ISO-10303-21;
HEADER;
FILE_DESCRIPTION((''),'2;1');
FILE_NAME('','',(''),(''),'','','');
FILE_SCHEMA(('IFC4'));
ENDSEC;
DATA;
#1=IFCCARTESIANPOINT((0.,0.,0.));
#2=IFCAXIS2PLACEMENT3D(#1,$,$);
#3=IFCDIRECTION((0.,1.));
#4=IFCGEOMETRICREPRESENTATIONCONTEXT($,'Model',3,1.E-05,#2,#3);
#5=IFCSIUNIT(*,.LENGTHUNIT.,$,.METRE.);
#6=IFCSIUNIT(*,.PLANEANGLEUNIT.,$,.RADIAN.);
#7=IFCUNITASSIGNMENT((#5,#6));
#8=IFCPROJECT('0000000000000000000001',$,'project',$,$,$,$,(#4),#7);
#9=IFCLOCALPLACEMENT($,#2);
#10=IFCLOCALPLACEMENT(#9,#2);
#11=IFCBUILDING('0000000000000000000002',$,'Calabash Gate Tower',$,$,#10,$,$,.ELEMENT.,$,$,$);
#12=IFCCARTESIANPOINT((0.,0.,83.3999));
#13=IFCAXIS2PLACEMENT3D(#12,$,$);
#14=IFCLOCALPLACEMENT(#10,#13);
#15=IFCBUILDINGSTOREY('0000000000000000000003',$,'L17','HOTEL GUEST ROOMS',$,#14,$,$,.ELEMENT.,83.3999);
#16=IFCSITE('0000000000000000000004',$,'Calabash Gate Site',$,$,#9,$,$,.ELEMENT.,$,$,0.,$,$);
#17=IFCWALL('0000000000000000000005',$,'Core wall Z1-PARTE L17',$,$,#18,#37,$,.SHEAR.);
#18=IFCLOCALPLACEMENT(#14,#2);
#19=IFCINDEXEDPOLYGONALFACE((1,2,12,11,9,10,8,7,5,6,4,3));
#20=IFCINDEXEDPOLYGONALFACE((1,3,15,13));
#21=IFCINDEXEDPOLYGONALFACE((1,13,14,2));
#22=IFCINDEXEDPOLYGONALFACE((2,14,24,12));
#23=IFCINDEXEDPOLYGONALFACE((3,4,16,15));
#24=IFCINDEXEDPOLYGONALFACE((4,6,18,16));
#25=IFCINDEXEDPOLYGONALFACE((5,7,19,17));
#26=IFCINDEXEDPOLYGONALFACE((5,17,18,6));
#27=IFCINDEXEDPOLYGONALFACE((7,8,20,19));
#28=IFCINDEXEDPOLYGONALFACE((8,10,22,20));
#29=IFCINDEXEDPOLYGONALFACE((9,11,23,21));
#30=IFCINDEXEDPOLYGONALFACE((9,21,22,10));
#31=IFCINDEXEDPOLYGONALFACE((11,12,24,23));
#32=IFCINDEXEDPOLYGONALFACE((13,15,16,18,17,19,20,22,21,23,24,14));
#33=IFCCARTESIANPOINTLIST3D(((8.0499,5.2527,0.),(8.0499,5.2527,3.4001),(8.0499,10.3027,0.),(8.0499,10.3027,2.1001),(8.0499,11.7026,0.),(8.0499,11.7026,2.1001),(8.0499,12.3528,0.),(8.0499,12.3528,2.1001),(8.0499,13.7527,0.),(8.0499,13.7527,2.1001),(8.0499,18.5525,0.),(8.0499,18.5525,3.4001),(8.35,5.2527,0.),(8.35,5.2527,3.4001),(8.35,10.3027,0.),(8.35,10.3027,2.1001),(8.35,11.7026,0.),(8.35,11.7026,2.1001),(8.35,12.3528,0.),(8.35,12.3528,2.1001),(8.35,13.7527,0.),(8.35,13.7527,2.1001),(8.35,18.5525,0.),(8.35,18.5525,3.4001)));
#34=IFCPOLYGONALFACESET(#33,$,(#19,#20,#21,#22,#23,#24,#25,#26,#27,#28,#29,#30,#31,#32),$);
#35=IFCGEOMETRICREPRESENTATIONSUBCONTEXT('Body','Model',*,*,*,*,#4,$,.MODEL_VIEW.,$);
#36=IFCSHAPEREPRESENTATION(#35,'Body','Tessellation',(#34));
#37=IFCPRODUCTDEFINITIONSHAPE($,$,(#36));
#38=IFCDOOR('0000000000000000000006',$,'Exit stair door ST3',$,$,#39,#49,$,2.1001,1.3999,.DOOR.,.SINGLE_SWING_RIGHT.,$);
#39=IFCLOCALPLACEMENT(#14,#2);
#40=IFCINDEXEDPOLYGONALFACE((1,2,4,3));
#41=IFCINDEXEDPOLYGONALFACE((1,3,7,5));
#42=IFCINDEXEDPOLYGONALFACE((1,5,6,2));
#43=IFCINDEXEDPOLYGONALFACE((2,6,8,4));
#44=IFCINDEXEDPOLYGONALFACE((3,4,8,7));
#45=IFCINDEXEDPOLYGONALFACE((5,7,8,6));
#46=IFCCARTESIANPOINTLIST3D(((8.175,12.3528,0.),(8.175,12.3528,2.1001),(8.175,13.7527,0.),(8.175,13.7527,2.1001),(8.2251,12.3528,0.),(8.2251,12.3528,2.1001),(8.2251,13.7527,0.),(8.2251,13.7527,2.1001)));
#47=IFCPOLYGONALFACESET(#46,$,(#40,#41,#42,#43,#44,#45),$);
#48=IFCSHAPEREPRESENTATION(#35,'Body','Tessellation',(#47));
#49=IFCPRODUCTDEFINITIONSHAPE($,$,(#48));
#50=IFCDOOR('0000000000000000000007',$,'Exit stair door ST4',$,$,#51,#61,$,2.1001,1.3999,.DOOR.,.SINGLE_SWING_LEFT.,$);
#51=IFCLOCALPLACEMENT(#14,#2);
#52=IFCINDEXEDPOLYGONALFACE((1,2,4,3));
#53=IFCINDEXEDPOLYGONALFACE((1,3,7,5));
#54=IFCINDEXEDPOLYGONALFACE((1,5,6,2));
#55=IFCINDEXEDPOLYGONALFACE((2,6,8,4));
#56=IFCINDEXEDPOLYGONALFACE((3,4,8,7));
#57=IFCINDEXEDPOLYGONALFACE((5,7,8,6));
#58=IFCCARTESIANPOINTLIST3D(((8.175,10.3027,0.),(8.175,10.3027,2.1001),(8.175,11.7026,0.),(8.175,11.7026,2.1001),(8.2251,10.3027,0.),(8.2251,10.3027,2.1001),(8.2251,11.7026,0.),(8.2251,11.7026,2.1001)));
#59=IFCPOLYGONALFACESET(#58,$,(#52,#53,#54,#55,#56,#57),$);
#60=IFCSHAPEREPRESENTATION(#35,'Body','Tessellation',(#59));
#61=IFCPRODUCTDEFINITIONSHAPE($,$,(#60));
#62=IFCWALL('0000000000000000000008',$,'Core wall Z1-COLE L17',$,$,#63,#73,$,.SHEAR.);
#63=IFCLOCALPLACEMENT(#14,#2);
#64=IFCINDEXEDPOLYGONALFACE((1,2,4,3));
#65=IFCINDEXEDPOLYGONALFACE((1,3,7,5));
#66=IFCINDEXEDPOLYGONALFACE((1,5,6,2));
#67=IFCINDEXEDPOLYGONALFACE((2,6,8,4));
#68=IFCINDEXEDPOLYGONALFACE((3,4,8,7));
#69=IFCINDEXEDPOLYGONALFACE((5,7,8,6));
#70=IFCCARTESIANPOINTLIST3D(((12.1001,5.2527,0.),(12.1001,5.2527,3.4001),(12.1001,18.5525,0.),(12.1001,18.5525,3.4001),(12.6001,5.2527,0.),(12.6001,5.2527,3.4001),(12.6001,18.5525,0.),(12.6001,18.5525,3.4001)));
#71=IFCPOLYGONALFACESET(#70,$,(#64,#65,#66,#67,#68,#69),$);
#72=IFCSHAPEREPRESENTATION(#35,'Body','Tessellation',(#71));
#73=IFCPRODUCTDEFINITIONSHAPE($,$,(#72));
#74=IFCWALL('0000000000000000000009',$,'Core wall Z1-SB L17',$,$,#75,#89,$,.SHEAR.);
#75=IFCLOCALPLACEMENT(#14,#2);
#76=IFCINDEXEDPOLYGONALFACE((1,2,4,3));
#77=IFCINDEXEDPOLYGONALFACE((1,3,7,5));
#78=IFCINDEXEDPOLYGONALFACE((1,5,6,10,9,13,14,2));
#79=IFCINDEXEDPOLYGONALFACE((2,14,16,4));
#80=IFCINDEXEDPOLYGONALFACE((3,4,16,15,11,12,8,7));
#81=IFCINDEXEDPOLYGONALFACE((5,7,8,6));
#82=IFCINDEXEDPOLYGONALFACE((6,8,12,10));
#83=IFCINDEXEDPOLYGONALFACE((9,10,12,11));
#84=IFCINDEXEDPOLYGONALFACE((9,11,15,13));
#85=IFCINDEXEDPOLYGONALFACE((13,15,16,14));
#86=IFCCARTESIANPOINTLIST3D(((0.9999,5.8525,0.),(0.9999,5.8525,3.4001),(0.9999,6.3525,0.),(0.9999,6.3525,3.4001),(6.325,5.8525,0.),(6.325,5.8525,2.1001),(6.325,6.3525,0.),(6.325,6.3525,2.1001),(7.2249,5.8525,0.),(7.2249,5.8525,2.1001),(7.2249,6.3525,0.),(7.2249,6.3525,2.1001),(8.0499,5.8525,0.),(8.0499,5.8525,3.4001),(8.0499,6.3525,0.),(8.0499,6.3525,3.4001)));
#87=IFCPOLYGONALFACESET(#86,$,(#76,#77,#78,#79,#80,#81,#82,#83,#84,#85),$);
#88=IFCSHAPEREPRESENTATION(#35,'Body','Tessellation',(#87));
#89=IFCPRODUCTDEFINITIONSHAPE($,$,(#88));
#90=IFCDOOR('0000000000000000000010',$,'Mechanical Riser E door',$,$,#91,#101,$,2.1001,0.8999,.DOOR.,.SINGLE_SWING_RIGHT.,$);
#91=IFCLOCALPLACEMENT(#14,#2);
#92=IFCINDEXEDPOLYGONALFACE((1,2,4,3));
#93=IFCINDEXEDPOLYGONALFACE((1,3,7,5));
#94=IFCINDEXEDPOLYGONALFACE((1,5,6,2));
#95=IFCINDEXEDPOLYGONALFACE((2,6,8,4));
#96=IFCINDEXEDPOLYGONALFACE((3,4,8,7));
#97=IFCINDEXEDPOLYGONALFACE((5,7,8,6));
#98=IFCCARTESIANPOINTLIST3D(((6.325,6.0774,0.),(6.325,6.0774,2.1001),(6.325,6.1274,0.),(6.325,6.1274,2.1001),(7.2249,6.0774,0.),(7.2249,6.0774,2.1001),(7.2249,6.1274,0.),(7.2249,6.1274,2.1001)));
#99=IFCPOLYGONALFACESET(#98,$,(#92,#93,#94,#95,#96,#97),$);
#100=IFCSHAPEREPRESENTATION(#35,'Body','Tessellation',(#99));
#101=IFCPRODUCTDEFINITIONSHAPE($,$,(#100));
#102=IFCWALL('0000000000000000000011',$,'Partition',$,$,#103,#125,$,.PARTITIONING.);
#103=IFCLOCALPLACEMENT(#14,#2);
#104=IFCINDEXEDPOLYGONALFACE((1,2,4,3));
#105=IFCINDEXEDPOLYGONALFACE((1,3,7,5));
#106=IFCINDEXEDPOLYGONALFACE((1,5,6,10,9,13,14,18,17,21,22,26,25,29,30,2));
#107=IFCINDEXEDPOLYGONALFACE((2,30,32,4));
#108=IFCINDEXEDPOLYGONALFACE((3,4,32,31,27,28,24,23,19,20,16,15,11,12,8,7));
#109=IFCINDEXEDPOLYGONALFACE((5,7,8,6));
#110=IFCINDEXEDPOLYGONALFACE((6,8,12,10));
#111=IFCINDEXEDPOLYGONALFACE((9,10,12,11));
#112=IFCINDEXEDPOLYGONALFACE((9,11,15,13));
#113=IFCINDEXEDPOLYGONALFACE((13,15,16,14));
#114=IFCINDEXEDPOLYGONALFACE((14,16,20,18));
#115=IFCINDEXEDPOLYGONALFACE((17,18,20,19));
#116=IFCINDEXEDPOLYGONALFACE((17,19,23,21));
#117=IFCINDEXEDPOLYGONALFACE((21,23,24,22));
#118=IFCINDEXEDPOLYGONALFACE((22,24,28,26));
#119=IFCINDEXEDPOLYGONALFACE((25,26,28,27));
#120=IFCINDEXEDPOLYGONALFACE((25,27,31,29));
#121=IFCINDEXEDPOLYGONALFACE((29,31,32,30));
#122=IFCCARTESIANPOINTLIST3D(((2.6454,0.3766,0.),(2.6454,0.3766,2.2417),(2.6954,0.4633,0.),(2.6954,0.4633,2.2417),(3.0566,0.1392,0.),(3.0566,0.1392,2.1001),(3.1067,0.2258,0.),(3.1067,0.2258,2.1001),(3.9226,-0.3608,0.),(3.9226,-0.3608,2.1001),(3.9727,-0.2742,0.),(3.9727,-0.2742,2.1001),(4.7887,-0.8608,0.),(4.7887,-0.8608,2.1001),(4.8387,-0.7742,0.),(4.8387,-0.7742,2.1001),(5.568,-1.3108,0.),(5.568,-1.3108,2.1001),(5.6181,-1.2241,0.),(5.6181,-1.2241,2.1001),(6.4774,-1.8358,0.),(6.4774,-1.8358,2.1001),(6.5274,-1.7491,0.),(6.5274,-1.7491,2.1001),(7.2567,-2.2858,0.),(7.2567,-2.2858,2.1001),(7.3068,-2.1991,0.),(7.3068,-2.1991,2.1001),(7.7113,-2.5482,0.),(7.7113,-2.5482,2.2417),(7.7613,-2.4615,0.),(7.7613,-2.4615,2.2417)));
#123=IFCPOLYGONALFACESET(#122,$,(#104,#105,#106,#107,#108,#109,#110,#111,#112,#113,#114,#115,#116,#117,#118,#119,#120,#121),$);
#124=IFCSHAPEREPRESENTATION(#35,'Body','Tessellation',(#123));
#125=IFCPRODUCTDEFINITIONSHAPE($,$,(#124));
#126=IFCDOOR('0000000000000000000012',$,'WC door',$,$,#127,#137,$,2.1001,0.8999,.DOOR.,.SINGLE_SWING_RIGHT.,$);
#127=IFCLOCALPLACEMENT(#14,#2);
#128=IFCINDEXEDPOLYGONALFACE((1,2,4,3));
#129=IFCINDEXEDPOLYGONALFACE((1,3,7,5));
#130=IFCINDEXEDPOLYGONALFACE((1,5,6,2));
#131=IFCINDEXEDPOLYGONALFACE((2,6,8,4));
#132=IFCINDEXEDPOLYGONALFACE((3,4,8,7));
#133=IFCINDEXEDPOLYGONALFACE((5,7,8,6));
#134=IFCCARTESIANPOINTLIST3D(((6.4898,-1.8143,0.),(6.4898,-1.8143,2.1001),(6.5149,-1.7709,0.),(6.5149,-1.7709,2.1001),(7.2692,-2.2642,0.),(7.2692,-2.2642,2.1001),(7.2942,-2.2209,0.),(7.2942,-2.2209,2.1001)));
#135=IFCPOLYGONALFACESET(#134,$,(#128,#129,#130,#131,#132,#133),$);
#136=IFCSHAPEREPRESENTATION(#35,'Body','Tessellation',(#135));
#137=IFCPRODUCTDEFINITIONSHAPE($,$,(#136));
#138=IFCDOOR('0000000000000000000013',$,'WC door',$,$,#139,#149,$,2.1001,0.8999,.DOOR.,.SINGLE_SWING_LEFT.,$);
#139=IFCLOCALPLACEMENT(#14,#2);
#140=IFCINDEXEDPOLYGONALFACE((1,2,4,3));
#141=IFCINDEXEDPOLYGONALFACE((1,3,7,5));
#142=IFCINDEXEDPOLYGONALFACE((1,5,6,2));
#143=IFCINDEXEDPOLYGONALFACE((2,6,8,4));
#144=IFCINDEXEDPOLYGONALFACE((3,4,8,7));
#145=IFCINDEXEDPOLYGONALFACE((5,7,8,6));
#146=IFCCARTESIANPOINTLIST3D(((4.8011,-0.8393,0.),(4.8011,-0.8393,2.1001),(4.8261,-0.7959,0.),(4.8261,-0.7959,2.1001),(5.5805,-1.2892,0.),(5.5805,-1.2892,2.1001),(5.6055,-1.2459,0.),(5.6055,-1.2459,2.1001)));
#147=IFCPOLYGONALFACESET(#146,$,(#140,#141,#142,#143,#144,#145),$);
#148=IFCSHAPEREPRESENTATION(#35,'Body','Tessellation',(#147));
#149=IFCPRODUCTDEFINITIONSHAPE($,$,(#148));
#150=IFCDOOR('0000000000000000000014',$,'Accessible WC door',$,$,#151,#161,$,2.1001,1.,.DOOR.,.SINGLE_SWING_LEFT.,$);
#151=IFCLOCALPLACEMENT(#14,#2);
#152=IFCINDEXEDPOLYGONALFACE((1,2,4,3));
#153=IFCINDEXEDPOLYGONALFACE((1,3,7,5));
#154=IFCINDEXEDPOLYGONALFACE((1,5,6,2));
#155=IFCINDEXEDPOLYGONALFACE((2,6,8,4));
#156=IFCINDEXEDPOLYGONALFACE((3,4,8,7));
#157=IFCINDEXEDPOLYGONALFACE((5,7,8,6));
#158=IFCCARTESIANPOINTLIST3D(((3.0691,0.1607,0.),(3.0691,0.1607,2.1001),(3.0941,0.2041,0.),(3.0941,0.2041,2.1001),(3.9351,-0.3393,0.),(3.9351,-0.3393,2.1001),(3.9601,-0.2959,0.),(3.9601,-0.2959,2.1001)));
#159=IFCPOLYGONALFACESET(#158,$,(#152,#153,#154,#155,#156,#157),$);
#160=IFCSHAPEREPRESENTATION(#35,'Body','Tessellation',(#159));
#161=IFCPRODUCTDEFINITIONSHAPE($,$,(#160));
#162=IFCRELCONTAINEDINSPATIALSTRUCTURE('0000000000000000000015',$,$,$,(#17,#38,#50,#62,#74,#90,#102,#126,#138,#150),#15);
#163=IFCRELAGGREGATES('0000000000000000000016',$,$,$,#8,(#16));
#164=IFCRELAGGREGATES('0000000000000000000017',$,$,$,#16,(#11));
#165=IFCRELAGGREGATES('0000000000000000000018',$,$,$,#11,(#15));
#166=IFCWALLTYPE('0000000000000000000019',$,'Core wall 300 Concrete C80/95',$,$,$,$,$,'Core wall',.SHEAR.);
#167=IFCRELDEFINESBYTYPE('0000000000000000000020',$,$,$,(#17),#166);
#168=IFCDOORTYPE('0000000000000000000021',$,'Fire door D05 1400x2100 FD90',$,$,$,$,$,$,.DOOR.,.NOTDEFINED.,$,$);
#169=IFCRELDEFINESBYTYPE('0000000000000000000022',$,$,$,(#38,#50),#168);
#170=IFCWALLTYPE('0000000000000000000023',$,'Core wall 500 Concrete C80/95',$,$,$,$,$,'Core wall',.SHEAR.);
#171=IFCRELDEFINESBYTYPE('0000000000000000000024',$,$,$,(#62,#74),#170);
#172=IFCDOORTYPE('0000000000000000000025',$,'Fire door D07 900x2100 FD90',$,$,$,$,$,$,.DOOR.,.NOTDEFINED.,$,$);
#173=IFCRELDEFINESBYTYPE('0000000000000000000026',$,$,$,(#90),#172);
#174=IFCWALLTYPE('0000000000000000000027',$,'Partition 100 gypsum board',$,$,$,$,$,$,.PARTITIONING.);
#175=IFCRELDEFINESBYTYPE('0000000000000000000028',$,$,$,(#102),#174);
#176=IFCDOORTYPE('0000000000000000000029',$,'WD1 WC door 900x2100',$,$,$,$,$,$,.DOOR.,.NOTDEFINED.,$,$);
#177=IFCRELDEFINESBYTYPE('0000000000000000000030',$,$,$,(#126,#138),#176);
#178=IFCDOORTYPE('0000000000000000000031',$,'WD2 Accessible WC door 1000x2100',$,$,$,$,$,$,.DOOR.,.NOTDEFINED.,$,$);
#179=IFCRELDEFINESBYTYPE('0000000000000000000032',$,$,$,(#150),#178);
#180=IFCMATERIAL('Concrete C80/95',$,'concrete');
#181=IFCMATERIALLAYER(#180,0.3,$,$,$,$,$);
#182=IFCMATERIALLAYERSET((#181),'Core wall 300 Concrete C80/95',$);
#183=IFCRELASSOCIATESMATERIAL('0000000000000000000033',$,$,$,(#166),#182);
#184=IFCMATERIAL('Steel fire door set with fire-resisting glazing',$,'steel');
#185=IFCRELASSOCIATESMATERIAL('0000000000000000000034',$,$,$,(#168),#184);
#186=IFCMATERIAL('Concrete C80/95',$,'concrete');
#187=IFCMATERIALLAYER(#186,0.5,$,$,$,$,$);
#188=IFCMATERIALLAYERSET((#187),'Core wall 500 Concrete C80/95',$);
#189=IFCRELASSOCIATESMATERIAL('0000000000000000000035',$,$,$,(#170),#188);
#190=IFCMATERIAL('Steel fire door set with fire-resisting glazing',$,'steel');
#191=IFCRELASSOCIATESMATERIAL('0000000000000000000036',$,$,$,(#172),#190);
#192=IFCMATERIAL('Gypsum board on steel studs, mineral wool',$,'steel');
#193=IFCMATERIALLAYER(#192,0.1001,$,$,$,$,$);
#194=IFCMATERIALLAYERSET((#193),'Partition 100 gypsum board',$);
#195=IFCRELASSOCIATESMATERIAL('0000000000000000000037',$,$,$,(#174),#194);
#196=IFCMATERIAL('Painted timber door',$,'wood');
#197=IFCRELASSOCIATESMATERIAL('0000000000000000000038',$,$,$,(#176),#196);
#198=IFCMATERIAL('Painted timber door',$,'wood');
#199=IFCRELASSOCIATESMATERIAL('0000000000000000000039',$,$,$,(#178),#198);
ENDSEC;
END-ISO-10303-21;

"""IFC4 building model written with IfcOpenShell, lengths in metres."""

from ifc_helpers import new_model, si_unit, direction, frame, frame_2d, origin, place, context, subcontext, project, spatial, rectangle, extrude, material, layer, layer_set, type_object, element, fill, save


model = new_model("IFC4")

# Units and contexts
model_context = context("Model", 3, precision=1e-05, world=origin(), true_north=direction((0.0, 1.0)))
body_context = subcontext(model_context, "Body", "Model", "MODEL_VIEW")
ifc_project = project(units=[si_unit("LENGTHUNIT", "METRE"), si_unit("PLANEANGLEUNIT", "RADIAN")], contexts=[model_context])

# Site, building, storey
site_placement = place(None, origin())
site = spatial("IfcSite", under=ifc_project, at=site_placement, Name="Calabash Gate Site", CompositionType="ELEMENT", RefElevation=0.0)
building_placement = place(site_placement, origin())
building = spatial("IfcBuilding", under=site, at=building_placement, Name="Calabash Gate Tower", CompositionType="ELEMENT")
storey_placement = place(building_placement, frame((0.0, 0.0, 83.3999)))
storey = spatial("IfcBuildingStorey", under=building, at=storey_placement, Name="L17", Description="HOTEL GUEST ROOMS", CompositionType="ELEMENT", Elevation=83.3999)

# Wall, openings, doors
ifc_material_1 = material(Name="Concrete C80/95", Category="concrete")
ifc_layer_1 = layer(ifc_material_1, 0.3)
ifc_layer_set_1 = layer_set([ifc_layer_1], Name="Core wall 300 Concrete C80/95")
wall_type_1 = type_object("IfcWallType", Name="Core wall 300 Concrete C80/95", ElementType="Core wall", PredefinedType="SHEAR", material=ifc_layer_set_1)
wall_1_placement = place(storey_placement, frame((8.2, 5.2527, 0.0), z_axis=(0.0, 0.0, 1.0), x_axis=(0.0, 1.0, 0.0)))
wall_1 = element("IfcWall", 1, at=wall_1_placement, inside=storey, type_object=wall_type_1, Name="Core wall Z1-PARTE L17", PredefinedType="SHEAR", context=body_context, shape_type="SweptSolid", body=[
    extrude(rectangle(XDim=13.2998, YDim=0.3, at=frame_2d((6.6499, 0.0))), origin(), (0.0, 0.0, 1.0), 3.4001),
])
opening_1_placement = place(wall_1_placement, frame((7.1001, 0.0, 0.0)))
opening_1 = element("IfcOpeningElement", 2, at=opening_1_placement, cuts=wall_1, PredefinedType="OPENING", context=body_context, shape_type="SweptSolid", body=[
    extrude(rectangle(XDim=1.3999, YDim=2.1001, at=frame_2d((0.7, 1.05))), frame((0.0, 0.1599, 0.0), z_axis=(0.0, -1.0, 0.0), x_axis=(1.0, 0.0, 0.0)), (0.0, 0.0, 1.0), 0.3201),
])
opening_2_placement = place(wall_1_placement, frame((5.05, 0.0, 0.0)))
opening_2 = element("IfcOpeningElement", 3, at=opening_2_placement, cuts=wall_1, PredefinedType="OPENING", context=body_context, shape_type="SweptSolid", body=[
    extrude(rectangle(XDim=1.3999, YDim=2.1001, at=frame_2d((0.7, 1.05))), frame((0.0, 0.1599, 0.0), z_axis=(0.0, -1.0, 0.0), x_axis=(1.0, 0.0, 0.0)), (0.0, 0.0, 1.0), 0.3201),
])
ifc_material_2 = material(Name="Steel fire door set with fire-resisting glazing", Category="steel")
door_type_1 = type_object("IfcDoorType", Name="Fire door D05 1400x2100 FD90", OperationType="NOTDEFINED", PredefinedType="DOOR", material=ifc_material_2)
door_1_placement = place(opening_1_placement, origin())
door_1 = element("IfcDoor", 4, at=door_1_placement, inside=storey, type_object=door_type_1, Name="Exit stair door ST3", OperationType="SINGLE_SWING_RIGHT", OverallHeight=2.1001, OverallWidth=1.3999, PredefinedType="DOOR", context=body_context, shape_type="SweptSolid", body=[
    extrude(rectangle(XDim=1.3999, YDim=2.1001, at=frame_2d((0.7, 1.05))), frame((0.0, 0.0249, 0.0), z_axis=(0.0, -1.0, 0.0), x_axis=(1.0, 0.0, 0.0)), (0.0, 0.0, 1.0), 0.05),
])
fill(opening_1, door_1)
door_2_placement = place(opening_2_placement, origin())
door_2 = element("IfcDoor", 5, at=door_2_placement, inside=storey, type_object=door_type_1, Name="Exit stair door ST4", OperationType="SINGLE_SWING_LEFT", OverallHeight=2.1001, OverallWidth=1.3999, PredefinedType="DOOR", context=body_context, shape_type="SweptSolid", body=[
    extrude(rectangle(XDim=1.3999, YDim=2.1001, at=frame_2d((0.7, 1.05))), frame((0.0, 0.0249, 0.0), z_axis=(0.0, -1.0, 0.0), x_axis=(1.0, 0.0, 0.0)), (0.0, 0.0, 1.0), 0.05),
])
fill(opening_2, door_2)

# Wall
ifc_material_3 = material(Name="Concrete C80/95", Category="concrete")
ifc_layer_2 = layer(ifc_material_3, 0.5)
ifc_layer_set_2 = layer_set([ifc_layer_2], Name="Core wall 500 Concrete C80/95")
wall_type_2 = type_object("IfcWallType", Name="Core wall 500 Concrete C80/95", ElementType="Core wall", PredefinedType="SHEAR", material=ifc_layer_set_2)
wall_2_placement = place(storey_placement, frame((12.3501, 5.2527, 0.0), z_axis=(0.0, 0.0, 1.0), x_axis=(0.0, 1.0, 0.0)))
element("IfcWall", 6, at=wall_2_placement, inside=storey, type_object=wall_type_2, Name="Core wall Z1-COLE L17", PredefinedType="SHEAR", context=body_context, shape_type="SweptSolid", body=[
    extrude(rectangle(XDim=13.2998, YDim=0.5, at=frame_2d((6.6499, 0.0))), origin(), (0.0, 0.0, 1.0), 3.4001),
])

# Wall, opening, door
wall_3_placement = place(storey_placement, frame((1.0, 6.1025, 0.0), z_axis=(0.0, 0.0, 1.0), x_axis=(1.0, 0.0, 0.0)))
wall_3 = element("IfcWall", 7, at=wall_3_placement, inside=storey, type_object=wall_type_2, Name="Core wall Z1-SB L17", PredefinedType="SHEAR", context=body_context, shape_type="SweptSolid", body=[
    extrude(rectangle(XDim=7.05, YDim=0.5, at=frame_2d((3.5249, 0.0))), origin(), (0.0, 0.0, 1.0), 3.4001),
])
opening_3_placement = place(wall_3_placement, frame((5.325, 0.0, 0.0)))
opening_3 = element("IfcOpeningElement", 8, at=opening_3_placement, cuts=wall_3, PredefinedType="OPENING", context=body_context, shape_type="SweptSolid", body=[
    extrude(rectangle(XDim=0.8999, YDim=2.1001, at=frame_2d((0.45, 1.05))), frame((0.0, 0.26, 0.0), z_axis=(0.0, -1.0, 0.0), x_axis=(1.0, 0.0, 0.0)), (0.0, 0.0, 1.0), 0.52),
])
ifc_material_4 = material(Name="Steel fire door set with fire-resisting glazing", Category="steel")
door_type_2 = type_object("IfcDoorType", Name="Fire door D07 900x2100 FD90", OperationType="NOTDEFINED", PredefinedType="DOOR", material=ifc_material_4)
door_3_placement = place(opening_3_placement, origin())
door_3 = element("IfcDoor", 9, at=door_3_placement, inside=storey, type_object=door_type_2, Name="Mechanical Riser E door", OperationType="SINGLE_SWING_RIGHT", OverallHeight=2.1001, OverallWidth=0.8999, PredefinedType="DOOR", context=body_context, shape_type="SweptSolid", body=[
    extrude(rectangle(XDim=0.8999, YDim=2.1001, at=frame_2d((0.45, 1.05))), frame((0.0, 0.0249, 0.0), z_axis=(0.0, -1.0, 0.0), x_axis=(1.0, 0.0, 0.0)), (0.0, 0.0, 1.0), 0.05),
])
fill(opening_3, door_3)

# Wall, openings, doors
ifc_material_5 = material(Name="Gypsum board on steel studs, mineral wool", Category="steel")
ifc_layer_3 = layer(ifc_material_5, 0.1001)
ifc_layer_set_3 = layer_set([ifc_layer_3], Name="Partition 100 gypsum board")
wall_type_3 = type_object("IfcWallType", Name="Partition 100 gypsum board", PredefinedType="PARTITIONING", material=ifc_layer_set_3)
wall_4_placement = place(storey_placement, frame((2.6704, 0.4199, 0.0), z_axis=(0.0, 0.0, 1.0), x_axis=(0.866026, -0.499999, 0.0)))
wall_4 = element("IfcWall", 10, at=wall_4_placement, inside=storey, type_object=wall_type_3, Name="Partition", PredefinedType="PARTITIONING", context=body_context, shape_type="SweptSolid", body=[
    extrude(rectangle(XDim=5.8496, YDim=0.1001, at=frame_2d((2.9248, 0.0))), origin(), (0.0, 0.0, 1.0), 2.2417),
])
opening_4_placement = place(wall_4_placement, frame((4.4248, 0.0, 0.0)))
opening_4 = element("IfcOpeningElement", 11, at=opening_4_placement, cuts=wall_4, PredefinedType="OPENING", context=body_context, shape_type="SweptSolid", body=[
    extrude(rectangle(XDim=0.8999, YDim=2.1001, at=frame_2d((0.45, 1.05))), frame((0.0, 0.0601, 0.0), z_axis=(0.0, -1.0, 0.0), x_axis=(1.0, 0.0, 0.0)), (0.0, 0.0, 1.0), 0.1201),
])
opening_5_placement = place(wall_4_placement, frame((2.4749, 0.0, 0.0)))
opening_5 = element("IfcOpeningElement", 12, at=opening_5_placement, cuts=wall_4, PredefinedType="OPENING", context=body_context, shape_type="SweptSolid", body=[
    extrude(rectangle(XDim=0.8999, YDim=2.1001, at=frame_2d((0.45, 1.05))), frame((0.0, 0.0601, 0.0), z_axis=(0.0, -1.0, 0.0), x_axis=(1.0, 0.0, 0.0)), (0.0, 0.0, 1.0), 0.1201),
])
opening_6_placement = place(wall_4_placement, frame((0.4749, 0.0, 0.0)))
opening_6 = element("IfcOpeningElement", 13, at=opening_6_placement, cuts=wall_4, PredefinedType="OPENING", context=body_context, shape_type="SweptSolid", body=[
    extrude(rectangle(XDim=1.0, YDim=2.1001, at=frame_2d((0.5, 1.05))), frame((0.0, 0.0601, 0.0), z_axis=(0.0, -1.0, 0.0), x_axis=(1.0, 0.0, 0.0)), (0.0, 0.0, 1.0), 0.1201),
])
ifc_material_6 = material(Name="Painted timber door", Category="wood")
door_type_3 = type_object("IfcDoorType", Name="WD1 WC door 900x2100", OperationType="NOTDEFINED", PredefinedType="DOOR", material=ifc_material_6)
door_4_placement = place(opening_4_placement, origin())
door_4 = element("IfcDoor", 14, at=door_4_placement, inside=storey, type_object=door_type_3, Name="WC door", OperationType="SINGLE_SWING_RIGHT", OverallHeight=2.1001, OverallWidth=0.8999, PredefinedType="DOOR", context=body_context, shape_type="SweptSolid", body=[
    extrude(rectangle(XDim=0.8999, YDim=2.1001, at=frame_2d((0.45, 1.05))), frame((0.0, 0.0249, 0.0), z_axis=(0.0, -1.0, 0.0), x_axis=(1.0, 0.0, 0.0)), (0.0, 0.0, 1.0), 0.05),
])
fill(opening_4, door_4)
door_5_placement = place(opening_5_placement, origin())
door_5 = element("IfcDoor", 15, at=door_5_placement, inside=storey, type_object=door_type_3, Name="WC door", OperationType="SINGLE_SWING_LEFT", OverallHeight=2.1001, OverallWidth=0.8999, PredefinedType="DOOR", context=body_context, shape_type="SweptSolid", body=[
    extrude(rectangle(XDim=0.8999, YDim=2.1001, at=frame_2d((0.45, 1.05))), frame((0.0, 0.0249, 0.0), z_axis=(0.0, -1.0, 0.0), x_axis=(1.0, 0.0, 0.0)), (0.0, 0.0, 1.0), 0.05),
])
fill(opening_5, door_5)
ifc_material_7 = material(Name="Painted timber door", Category="wood")
door_type_4 = type_object("IfcDoorType", Name="WD2 Accessible WC door 1000x2100", OperationType="NOTDEFINED", PredefinedType="DOOR", material=ifc_material_7)
door_6_placement = place(opening_6_placement, origin())
door_6 = element("IfcDoor", 16, at=door_6_placement, inside=storey, type_object=door_type_4, Name="Accessible WC door", OperationType="SINGLE_SWING_LEFT", OverallHeight=2.1001, OverallWidth=1.0, PredefinedType="DOOR", context=body_context, shape_type="SweptSolid", body=[
    extrude(rectangle(XDim=1.0, YDim=2.1001, at=frame_2d((0.5, 1.05))), frame((0.0, 0.0249, 0.0), z_axis=(0.0, -1.0, 0.0), x_axis=(1.0, 0.0, 0.0)), (0.0, 0.0, 1.0), 0.05),
])
fill(opening_6, door_6)

save(model, "model.ifc")
